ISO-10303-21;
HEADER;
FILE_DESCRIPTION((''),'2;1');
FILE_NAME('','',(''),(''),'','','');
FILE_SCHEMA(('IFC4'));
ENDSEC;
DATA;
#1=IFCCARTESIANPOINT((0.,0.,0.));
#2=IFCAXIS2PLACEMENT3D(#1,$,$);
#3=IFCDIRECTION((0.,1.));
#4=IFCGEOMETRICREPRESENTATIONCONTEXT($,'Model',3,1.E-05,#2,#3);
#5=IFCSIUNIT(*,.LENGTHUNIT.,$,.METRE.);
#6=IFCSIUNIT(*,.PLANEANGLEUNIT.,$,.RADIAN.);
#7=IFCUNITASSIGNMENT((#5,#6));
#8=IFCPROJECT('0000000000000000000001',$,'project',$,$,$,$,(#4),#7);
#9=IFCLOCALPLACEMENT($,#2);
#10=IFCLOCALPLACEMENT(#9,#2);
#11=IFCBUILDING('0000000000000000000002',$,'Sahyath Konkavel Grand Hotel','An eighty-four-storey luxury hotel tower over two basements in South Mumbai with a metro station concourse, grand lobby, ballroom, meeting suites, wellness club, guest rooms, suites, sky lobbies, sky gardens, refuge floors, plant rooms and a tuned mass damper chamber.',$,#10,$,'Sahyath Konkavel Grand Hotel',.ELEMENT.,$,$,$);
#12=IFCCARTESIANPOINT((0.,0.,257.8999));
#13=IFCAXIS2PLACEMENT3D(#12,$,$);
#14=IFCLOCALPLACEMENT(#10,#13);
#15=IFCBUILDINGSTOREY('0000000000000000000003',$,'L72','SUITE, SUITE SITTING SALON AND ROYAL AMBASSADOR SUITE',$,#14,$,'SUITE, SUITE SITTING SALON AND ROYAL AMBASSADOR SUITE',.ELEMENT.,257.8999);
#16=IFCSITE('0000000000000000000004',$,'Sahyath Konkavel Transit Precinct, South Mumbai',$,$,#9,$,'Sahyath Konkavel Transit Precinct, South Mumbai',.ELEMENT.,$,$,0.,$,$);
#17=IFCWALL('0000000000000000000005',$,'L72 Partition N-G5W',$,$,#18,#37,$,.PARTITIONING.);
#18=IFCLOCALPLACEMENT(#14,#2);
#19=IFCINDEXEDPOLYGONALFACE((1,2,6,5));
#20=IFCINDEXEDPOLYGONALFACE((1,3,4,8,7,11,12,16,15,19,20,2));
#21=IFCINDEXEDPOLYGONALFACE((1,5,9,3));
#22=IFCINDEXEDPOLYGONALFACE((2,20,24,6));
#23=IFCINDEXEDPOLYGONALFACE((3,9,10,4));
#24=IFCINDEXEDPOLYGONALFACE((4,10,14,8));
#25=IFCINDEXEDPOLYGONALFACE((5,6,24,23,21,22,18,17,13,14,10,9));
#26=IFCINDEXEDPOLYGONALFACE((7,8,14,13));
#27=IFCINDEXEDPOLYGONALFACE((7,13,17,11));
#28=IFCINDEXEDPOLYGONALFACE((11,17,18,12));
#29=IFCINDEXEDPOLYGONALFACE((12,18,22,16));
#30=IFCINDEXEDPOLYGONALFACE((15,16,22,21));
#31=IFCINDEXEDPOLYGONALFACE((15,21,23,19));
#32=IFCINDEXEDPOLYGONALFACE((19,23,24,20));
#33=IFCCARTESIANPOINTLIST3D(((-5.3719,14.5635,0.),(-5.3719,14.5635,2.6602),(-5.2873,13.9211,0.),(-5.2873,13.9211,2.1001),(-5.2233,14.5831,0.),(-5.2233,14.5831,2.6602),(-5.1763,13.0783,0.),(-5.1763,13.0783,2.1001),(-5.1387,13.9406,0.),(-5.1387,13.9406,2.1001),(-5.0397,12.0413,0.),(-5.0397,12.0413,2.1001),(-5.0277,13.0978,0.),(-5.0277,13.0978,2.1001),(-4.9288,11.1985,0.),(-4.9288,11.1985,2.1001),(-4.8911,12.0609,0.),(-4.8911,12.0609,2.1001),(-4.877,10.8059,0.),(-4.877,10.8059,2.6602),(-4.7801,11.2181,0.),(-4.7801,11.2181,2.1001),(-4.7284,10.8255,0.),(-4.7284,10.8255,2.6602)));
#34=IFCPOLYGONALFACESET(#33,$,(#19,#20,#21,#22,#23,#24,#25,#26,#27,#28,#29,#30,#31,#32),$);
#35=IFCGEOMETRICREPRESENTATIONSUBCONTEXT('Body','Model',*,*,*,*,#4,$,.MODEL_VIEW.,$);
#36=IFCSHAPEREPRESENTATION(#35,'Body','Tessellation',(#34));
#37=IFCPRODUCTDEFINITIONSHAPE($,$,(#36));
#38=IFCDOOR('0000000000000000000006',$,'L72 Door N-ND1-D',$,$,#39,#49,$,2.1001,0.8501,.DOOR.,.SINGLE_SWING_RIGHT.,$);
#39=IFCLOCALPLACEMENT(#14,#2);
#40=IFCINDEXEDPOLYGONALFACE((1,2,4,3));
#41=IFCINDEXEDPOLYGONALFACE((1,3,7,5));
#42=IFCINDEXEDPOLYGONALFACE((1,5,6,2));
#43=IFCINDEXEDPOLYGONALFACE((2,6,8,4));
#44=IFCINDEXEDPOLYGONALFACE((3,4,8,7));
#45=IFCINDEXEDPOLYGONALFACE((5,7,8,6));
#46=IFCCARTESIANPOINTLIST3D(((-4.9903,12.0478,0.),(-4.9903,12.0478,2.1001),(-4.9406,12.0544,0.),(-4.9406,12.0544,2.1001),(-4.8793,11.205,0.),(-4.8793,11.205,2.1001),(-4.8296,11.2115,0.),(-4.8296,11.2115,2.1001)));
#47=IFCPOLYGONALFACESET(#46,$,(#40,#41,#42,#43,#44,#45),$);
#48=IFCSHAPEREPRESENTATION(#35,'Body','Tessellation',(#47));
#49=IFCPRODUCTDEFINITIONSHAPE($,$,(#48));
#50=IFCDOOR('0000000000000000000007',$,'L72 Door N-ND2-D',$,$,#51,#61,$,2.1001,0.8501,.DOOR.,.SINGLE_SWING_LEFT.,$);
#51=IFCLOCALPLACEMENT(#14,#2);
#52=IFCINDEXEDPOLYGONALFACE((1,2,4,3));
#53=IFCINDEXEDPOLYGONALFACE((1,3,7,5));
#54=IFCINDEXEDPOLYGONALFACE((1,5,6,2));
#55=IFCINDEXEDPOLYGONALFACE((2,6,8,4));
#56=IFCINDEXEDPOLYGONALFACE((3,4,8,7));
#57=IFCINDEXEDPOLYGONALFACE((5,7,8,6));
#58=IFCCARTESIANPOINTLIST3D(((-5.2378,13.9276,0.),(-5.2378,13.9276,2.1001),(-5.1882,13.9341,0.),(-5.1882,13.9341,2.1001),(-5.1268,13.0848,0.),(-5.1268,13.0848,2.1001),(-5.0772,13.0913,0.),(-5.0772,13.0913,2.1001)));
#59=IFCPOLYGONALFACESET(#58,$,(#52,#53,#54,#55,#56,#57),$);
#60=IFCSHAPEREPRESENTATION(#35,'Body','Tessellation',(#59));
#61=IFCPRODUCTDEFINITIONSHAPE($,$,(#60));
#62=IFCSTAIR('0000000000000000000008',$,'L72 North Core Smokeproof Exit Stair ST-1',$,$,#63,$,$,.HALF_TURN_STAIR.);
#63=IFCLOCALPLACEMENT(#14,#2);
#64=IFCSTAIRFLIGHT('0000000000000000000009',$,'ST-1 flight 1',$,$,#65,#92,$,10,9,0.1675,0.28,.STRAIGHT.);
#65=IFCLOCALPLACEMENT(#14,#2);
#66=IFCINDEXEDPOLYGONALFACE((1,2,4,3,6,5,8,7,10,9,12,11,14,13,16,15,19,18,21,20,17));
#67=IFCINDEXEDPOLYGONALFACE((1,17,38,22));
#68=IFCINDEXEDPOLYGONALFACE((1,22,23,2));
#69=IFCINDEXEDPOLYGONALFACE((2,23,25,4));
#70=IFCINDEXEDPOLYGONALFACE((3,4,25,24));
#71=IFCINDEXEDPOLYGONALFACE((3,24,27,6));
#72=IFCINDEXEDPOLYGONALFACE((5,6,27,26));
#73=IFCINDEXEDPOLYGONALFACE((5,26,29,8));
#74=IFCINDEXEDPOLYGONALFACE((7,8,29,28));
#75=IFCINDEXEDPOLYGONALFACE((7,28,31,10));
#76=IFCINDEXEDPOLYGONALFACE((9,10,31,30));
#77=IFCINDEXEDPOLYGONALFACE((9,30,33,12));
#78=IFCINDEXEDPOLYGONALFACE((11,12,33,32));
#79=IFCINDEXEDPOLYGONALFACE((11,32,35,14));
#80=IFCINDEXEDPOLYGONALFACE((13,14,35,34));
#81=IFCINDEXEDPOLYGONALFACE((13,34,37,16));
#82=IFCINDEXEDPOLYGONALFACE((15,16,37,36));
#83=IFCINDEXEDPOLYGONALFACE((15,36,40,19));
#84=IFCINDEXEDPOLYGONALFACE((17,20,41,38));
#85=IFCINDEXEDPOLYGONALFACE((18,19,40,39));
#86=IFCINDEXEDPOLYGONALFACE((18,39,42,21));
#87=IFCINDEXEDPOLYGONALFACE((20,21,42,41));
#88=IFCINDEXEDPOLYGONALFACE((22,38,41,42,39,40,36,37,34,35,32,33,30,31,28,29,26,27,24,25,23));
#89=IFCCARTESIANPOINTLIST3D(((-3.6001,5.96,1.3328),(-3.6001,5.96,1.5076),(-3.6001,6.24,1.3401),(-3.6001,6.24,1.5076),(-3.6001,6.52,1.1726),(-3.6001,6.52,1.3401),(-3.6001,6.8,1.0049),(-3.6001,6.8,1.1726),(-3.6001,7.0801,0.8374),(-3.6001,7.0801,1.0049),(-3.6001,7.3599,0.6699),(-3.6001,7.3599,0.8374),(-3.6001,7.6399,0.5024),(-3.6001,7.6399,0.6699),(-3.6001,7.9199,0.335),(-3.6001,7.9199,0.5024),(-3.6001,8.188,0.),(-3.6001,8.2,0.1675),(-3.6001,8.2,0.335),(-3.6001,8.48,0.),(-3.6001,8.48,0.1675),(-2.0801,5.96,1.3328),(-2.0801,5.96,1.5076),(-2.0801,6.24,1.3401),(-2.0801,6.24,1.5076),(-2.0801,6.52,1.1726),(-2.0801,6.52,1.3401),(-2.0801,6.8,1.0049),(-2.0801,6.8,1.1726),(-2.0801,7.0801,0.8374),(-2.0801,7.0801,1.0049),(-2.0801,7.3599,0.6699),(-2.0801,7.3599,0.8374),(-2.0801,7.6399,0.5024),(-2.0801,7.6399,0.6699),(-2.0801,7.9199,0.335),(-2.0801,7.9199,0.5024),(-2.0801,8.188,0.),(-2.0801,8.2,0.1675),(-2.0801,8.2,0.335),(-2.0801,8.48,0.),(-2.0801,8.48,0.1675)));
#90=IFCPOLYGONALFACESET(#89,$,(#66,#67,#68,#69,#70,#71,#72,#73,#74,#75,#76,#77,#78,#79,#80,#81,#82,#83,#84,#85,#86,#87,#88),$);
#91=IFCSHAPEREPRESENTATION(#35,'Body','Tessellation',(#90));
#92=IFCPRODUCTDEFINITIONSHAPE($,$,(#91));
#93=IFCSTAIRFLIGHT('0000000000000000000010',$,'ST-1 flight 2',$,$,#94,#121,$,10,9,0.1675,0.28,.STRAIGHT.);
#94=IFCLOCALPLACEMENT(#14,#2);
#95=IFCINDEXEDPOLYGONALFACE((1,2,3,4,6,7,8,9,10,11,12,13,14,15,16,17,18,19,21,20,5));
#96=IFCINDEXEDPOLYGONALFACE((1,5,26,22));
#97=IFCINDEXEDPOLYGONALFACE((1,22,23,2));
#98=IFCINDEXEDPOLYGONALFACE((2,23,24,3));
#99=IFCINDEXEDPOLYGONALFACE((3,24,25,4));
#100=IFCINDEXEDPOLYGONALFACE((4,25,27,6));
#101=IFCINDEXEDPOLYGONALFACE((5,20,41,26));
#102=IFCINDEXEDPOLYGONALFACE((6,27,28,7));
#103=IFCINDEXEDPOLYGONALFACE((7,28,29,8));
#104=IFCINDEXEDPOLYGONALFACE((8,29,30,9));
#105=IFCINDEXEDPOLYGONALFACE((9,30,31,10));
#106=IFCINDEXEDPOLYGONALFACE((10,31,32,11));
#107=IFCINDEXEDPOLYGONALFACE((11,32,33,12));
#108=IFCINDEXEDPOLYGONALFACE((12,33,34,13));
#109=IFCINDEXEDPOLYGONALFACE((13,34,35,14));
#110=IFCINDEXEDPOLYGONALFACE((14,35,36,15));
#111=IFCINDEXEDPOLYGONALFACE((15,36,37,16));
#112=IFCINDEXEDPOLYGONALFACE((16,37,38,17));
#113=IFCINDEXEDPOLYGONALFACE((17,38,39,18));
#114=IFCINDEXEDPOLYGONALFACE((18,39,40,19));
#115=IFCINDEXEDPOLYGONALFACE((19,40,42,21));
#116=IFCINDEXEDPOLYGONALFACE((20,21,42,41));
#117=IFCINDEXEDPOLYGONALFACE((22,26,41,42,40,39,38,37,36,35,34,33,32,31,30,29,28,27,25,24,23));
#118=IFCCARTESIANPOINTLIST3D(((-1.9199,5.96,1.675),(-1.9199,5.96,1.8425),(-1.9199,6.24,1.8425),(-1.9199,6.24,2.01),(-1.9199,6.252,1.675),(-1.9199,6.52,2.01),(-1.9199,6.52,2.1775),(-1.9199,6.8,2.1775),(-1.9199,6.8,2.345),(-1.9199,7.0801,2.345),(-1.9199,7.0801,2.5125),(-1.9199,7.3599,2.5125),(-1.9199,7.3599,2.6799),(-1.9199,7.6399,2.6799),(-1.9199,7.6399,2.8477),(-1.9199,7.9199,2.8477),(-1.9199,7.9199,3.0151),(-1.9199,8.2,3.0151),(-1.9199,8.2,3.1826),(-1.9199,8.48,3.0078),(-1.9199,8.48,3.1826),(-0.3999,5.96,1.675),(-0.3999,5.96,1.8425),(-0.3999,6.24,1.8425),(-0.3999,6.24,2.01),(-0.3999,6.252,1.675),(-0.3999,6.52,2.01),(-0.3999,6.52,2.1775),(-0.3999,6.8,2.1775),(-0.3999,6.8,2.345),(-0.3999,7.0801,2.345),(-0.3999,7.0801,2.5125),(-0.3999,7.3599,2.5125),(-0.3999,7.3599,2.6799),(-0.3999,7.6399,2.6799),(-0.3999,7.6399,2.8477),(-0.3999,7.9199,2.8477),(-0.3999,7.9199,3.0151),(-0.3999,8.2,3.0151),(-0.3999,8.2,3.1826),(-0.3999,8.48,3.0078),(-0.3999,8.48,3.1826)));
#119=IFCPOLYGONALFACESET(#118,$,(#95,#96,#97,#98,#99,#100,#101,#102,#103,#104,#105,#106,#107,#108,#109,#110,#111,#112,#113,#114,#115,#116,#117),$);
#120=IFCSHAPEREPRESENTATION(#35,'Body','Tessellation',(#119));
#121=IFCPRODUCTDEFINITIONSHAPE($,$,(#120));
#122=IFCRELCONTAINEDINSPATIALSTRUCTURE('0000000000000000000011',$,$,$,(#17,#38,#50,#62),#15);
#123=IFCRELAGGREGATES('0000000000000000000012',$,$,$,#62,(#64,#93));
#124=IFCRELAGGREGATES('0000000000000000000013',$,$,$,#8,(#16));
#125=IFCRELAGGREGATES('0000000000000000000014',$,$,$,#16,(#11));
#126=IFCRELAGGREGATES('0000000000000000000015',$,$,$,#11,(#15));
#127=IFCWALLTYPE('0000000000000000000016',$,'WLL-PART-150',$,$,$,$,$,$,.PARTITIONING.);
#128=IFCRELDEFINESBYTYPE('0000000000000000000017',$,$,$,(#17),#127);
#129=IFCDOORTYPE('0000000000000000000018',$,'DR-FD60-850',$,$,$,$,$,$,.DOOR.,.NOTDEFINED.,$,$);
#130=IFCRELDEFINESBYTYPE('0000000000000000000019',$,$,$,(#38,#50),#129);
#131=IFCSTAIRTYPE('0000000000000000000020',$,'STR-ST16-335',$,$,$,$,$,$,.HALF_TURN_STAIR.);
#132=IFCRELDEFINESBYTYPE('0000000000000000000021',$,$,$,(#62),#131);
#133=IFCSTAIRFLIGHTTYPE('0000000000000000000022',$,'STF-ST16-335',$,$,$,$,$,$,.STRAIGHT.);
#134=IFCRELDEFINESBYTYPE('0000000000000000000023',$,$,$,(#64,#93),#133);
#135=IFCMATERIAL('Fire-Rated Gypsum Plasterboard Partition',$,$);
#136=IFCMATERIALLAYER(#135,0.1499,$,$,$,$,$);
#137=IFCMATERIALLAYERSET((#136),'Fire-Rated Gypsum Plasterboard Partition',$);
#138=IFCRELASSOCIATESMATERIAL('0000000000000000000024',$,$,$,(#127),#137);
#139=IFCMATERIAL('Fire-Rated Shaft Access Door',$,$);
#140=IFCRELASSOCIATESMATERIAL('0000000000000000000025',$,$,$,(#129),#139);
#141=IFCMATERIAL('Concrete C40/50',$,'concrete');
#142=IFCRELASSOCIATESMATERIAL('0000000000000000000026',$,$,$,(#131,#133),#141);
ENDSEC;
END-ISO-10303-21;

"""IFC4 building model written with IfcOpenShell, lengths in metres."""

from ifc_helpers import new_model, si_unit, direction, frame, frame_2d, origin, origin_2d, place, context, subcontext, project, spatial, polyline, rectangle, outline, extrude, source, transform, mapped, material, layer, layer_set, type_object, element, fill, aggregate, save


model = new_model("IFC4")

# Units and contexts
model_context = context("Model", 3, precision=1e-05, world=origin(), true_north=direction((0.0, 1.0)))
body_context = subcontext(model_context, "Body", "Model", "MODEL_VIEW")
ifc_project = project(units=[si_unit("LENGTHUNIT", "METRE"), si_unit("PLANEANGLEUNIT", "RADIAN")], contexts=[model_context])

# Site, building, storey
site_placement = place(None, origin())
site = spatial("IfcSite", under=ifc_project, at=site_placement, Name="Sahyath Konkavel Transit Precinct, South Mumbai", LongName="Sahyath Konkavel Transit Precinct, South Mumbai", CompositionType="ELEMENT", RefElevation=0.0)
building_placement = place(site_placement, origin())
building = spatial("IfcBuilding", under=site, at=building_placement, Name="Sahyath Konkavel Grand Hotel", Description="An eighty-four-storey luxury hotel tower over two basements in South Mumbai with a metro station concourse, grand lobby, ballroom, meeting suites, wellness club, guest rooms, suites, sky lobbies, sky gardens, refuge floors, plant rooms and a tuned mass damper chamber.", LongName="Sahyath Konkavel Grand Hotel", CompositionType="ELEMENT")
storey_placement = place(building_placement, frame((0.0, 0.0, 257.8999)))
storey = spatial("IfcBuildingStorey", under=building, at=storey_placement, Name="L72", Description="SUITE, SUITE SITTING SALON AND ROYAL AMBASSADOR SUITE", LongName="SUITE, SUITE SITTING SALON AND ROYAL AMBASSADOR SUITE", CompositionType="ELEMENT", Elevation=257.8999)

# Shared definitions
ifc_material_1 = material(Name="Concrete C40/50", Category="concrete")

# Wall, openings, doors
ifc_material_2 = material(Name="Fire-Rated Gypsum Plasterboard Partition")
ifc_layer_1 = layer(ifc_material_2, 0.1499)
ifc_layer_set_1 = layer_set([ifc_layer_1], Name="Fire-Rated Gypsum Plasterboard Partition")
wall_type_1 = type_object("IfcWallType", Name="WLL-PART-150", PredefinedType="PARTITIONING", material=ifc_layer_set_1)
wall_1_placement = place(storey_placement, frame((-4.8027, 10.8157, 0.0), z_axis=(0.0, 0.0, 1.0), x_axis=(-0.130573, 0.991439, 0.0)))
wall_1 = element("IfcWall", 1, at=wall_1_placement, inside=storey, type_object=wall_type_1, Name="L72 Partition N-G5W", PredefinedType="PARTITIONING", context=body_context, shape_type="SweptSolid", body=[
    extrude(rectangle(XDim=3.79, YDim=0.1499, at=frame_2d((1.895, 0.0))), origin(), (0.0, 0.0, 1.0), 2.6602),
])
opening_1_placement = place(wall_1_placement, frame((0.396, 0.0, 0.0)))
opening_1 = element("IfcOpeningElement", 2, at=opening_1_placement, cuts=wall_1, PredefinedType="OPENING", context=body_context, shape_type="SweptSolid", body=[
    extrude(rectangle(XDim=0.8501, YDim=2.1001, at=frame_2d((0.425, 1.05))), frame((0.0, 0.085, 0.0), z_axis=(0.0, -1.0, 0.0), x_axis=(1.0, 0.0, 0.0)), (0.0, 0.0, 1.0), 0.1699),
])
opening_2_placement = place(wall_1_placement, frame((2.292, 0.0, 0.0)))
opening_2 = element("IfcOpeningElement", 3, at=opening_2_placement, cuts=wall_1, PredefinedType="OPENING", context=body_context, shape_type="SweptSolid", body=[
    extrude(rectangle(XDim=0.8501, YDim=2.1001, at=frame_2d((0.425, 1.05))), frame((0.0, 0.085, 0.0), z_axis=(0.0, -1.0, 0.0), x_axis=(1.0, 0.0, 0.0)), (0.0, 0.0, 1.0), 0.1699),
])
ifc_material_3 = material(Name="Fire-Rated Shaft Access Door")
door_type = type_object("IfcDoorType", Name="DR-FD60-850", OperationType="NOTDEFINED", PredefinedType="DOOR", material=ifc_material_3)
shared_shape_1 = source(origin(), body_context, "Body", "SweptSolid", [
    extrude(rectangle(XDim=0.8501, YDim=0.05, at=origin_2d()), origin(), (0.0, 0.0, 1.0), 2.1001),
])
door_1_placement = place(opening_1_placement, frame((0.425, 0.0, 0.0)))
door_1 = element("IfcDoor", 4, at=door_1_placement, inside=storey, type_object=door_type, Name="L72 Door N-ND1-D", OperationType="SINGLE_SWING_RIGHT", OverallHeight=2.1001, OverallWidth=0.8501, PredefinedType="DOOR", context=body_context, shape_type="MappedRepresentation", body=[
    mapped(shared_shape_1, transform((0.0, 0.0, 0.0), scale=1.0)),
])
fill(opening_1, door_1)
door_2_placement = place(opening_2_placement, frame((0.425, 0.0, 0.0)))
door_2 = element("IfcDoor", 5, at=door_2_placement, inside=storey, type_object=door_type, Name="L72 Door N-ND2-D", OperationType="SINGLE_SWING_LEFT", OverallHeight=2.1001, OverallWidth=0.8501, PredefinedType="DOOR", context=body_context, shape_type="MappedRepresentation", body=[
    mapped(shared_shape_1, transform((0.0, 0.0, 0.0), scale=1.0)),
])
fill(opening_2, door_2)

# Stair, stair flights
stair_type = type_object("IfcStairType", Name="STR-ST16-335", PredefinedType="HALF_TURN_STAIR", material=ifc_material_1)
stair_placement = place(storey_placement, origin())
stair = element("IfcStair", 6, at=stair_placement, inside=storey, type_object=stair_type, Name="L72 North Core Smokeproof Exit Stair ST-1", PredefinedType="HALF_TURN_STAIR")
stair_flight_type = type_object("IfcStairFlightType", Name="STF-ST16-335", PredefinedType="STRAIGHT", material=ifc_material_1)
stair_flight_1_placement = place(storey_placement, frame((-2.8401, 8.48, 0.0), z_axis=(0.0, 0.0, 1.0), x_axis=(0.0, -1.0, 0.0)))
stair_flight_1 = element("IfcStairFlight", 7, at=stair_flight_1_placement, type_object=stair_flight_type, Name="ST-1 flight 1", NumberOfRisers=10, NumberOfTreads=9, PredefinedType="STRAIGHT", RiserHeight=0.1675, TreadLength=0.28, context=body_context, shape_type="SweptSolid", body=[
    extrude(outline(polyline([(0.0, 0.0), (0.0, 0.1675), (0.28, 0.1675), (0.28, 0.335), (0.5601, 0.335), (0.5601, 0.5024), (0.8401, 0.5024), (0.8401, 0.6699), (1.1201, 0.6699), (1.1201, 0.8374), (1.3999, 0.8374), (1.3999, 1.0049), (1.6799, 1.0049), (1.6799, 1.1726), (1.96, 1.1726), (1.96, 1.3401), (2.24, 1.3401), (2.24, 1.5076), (2.52, 1.5076), (2.52, 1.675), (2.52, 1.3328), (0.292, 0.0), (0.0, 0.0)])), frame((0.0, 0.76, 0.0), z_axis=(0.0, -1.0, 0.0), x_axis=(1.0, 0.0, 0.0)), (0.0, 0.0, 1.0), 1.52),
])
stair_flight_2_placement = place(storey_placement, frame((-1.1599, 5.96, 1.675), z_axis=(0.0, 0.0, 1.0), x_axis=(0.0, 1.0, 0.0)))
stair_flight_2 = element("IfcStairFlight", 8, at=stair_flight_2_placement, type_object=stair_flight_type, Name="ST-1 flight 2", NumberOfRisers=10, NumberOfTreads=9, PredefinedType="STRAIGHT", RiserHeight=0.1675, TreadLength=0.28, context=body_context, shape_type="SweptSolid", body=[
    extrude(outline(polyline([(0.0, 0.0), (0.0, 0.1675), (0.28, 0.1675), (0.28, 0.335), (0.5601, 0.335), (0.5601, 0.5024), (0.8401, 0.5024), (0.8401, 0.6699), (1.1201, 0.6699), (1.1201, 0.8374), (1.3999, 0.8374), (1.3999, 1.0049), (1.6799, 1.0049), (1.6799, 1.1726), (1.96, 1.1726), (1.96, 1.3401), (2.24, 1.3401), (2.24, 1.5076), (2.52, 1.5076), (2.52, 1.675), (2.52, 1.3328), (0.292, 0.0), (0.0, 0.0)])), frame((0.0, 0.76, 0.0), z_axis=(0.0, -1.0, 0.0), x_axis=(1.0, 0.0, 0.0)), (0.0, 0.0, 1.0), 1.52),
])
aggregate(stair, [stair_flight_1, stair_flight_2])

save(model, "model.ifc")
